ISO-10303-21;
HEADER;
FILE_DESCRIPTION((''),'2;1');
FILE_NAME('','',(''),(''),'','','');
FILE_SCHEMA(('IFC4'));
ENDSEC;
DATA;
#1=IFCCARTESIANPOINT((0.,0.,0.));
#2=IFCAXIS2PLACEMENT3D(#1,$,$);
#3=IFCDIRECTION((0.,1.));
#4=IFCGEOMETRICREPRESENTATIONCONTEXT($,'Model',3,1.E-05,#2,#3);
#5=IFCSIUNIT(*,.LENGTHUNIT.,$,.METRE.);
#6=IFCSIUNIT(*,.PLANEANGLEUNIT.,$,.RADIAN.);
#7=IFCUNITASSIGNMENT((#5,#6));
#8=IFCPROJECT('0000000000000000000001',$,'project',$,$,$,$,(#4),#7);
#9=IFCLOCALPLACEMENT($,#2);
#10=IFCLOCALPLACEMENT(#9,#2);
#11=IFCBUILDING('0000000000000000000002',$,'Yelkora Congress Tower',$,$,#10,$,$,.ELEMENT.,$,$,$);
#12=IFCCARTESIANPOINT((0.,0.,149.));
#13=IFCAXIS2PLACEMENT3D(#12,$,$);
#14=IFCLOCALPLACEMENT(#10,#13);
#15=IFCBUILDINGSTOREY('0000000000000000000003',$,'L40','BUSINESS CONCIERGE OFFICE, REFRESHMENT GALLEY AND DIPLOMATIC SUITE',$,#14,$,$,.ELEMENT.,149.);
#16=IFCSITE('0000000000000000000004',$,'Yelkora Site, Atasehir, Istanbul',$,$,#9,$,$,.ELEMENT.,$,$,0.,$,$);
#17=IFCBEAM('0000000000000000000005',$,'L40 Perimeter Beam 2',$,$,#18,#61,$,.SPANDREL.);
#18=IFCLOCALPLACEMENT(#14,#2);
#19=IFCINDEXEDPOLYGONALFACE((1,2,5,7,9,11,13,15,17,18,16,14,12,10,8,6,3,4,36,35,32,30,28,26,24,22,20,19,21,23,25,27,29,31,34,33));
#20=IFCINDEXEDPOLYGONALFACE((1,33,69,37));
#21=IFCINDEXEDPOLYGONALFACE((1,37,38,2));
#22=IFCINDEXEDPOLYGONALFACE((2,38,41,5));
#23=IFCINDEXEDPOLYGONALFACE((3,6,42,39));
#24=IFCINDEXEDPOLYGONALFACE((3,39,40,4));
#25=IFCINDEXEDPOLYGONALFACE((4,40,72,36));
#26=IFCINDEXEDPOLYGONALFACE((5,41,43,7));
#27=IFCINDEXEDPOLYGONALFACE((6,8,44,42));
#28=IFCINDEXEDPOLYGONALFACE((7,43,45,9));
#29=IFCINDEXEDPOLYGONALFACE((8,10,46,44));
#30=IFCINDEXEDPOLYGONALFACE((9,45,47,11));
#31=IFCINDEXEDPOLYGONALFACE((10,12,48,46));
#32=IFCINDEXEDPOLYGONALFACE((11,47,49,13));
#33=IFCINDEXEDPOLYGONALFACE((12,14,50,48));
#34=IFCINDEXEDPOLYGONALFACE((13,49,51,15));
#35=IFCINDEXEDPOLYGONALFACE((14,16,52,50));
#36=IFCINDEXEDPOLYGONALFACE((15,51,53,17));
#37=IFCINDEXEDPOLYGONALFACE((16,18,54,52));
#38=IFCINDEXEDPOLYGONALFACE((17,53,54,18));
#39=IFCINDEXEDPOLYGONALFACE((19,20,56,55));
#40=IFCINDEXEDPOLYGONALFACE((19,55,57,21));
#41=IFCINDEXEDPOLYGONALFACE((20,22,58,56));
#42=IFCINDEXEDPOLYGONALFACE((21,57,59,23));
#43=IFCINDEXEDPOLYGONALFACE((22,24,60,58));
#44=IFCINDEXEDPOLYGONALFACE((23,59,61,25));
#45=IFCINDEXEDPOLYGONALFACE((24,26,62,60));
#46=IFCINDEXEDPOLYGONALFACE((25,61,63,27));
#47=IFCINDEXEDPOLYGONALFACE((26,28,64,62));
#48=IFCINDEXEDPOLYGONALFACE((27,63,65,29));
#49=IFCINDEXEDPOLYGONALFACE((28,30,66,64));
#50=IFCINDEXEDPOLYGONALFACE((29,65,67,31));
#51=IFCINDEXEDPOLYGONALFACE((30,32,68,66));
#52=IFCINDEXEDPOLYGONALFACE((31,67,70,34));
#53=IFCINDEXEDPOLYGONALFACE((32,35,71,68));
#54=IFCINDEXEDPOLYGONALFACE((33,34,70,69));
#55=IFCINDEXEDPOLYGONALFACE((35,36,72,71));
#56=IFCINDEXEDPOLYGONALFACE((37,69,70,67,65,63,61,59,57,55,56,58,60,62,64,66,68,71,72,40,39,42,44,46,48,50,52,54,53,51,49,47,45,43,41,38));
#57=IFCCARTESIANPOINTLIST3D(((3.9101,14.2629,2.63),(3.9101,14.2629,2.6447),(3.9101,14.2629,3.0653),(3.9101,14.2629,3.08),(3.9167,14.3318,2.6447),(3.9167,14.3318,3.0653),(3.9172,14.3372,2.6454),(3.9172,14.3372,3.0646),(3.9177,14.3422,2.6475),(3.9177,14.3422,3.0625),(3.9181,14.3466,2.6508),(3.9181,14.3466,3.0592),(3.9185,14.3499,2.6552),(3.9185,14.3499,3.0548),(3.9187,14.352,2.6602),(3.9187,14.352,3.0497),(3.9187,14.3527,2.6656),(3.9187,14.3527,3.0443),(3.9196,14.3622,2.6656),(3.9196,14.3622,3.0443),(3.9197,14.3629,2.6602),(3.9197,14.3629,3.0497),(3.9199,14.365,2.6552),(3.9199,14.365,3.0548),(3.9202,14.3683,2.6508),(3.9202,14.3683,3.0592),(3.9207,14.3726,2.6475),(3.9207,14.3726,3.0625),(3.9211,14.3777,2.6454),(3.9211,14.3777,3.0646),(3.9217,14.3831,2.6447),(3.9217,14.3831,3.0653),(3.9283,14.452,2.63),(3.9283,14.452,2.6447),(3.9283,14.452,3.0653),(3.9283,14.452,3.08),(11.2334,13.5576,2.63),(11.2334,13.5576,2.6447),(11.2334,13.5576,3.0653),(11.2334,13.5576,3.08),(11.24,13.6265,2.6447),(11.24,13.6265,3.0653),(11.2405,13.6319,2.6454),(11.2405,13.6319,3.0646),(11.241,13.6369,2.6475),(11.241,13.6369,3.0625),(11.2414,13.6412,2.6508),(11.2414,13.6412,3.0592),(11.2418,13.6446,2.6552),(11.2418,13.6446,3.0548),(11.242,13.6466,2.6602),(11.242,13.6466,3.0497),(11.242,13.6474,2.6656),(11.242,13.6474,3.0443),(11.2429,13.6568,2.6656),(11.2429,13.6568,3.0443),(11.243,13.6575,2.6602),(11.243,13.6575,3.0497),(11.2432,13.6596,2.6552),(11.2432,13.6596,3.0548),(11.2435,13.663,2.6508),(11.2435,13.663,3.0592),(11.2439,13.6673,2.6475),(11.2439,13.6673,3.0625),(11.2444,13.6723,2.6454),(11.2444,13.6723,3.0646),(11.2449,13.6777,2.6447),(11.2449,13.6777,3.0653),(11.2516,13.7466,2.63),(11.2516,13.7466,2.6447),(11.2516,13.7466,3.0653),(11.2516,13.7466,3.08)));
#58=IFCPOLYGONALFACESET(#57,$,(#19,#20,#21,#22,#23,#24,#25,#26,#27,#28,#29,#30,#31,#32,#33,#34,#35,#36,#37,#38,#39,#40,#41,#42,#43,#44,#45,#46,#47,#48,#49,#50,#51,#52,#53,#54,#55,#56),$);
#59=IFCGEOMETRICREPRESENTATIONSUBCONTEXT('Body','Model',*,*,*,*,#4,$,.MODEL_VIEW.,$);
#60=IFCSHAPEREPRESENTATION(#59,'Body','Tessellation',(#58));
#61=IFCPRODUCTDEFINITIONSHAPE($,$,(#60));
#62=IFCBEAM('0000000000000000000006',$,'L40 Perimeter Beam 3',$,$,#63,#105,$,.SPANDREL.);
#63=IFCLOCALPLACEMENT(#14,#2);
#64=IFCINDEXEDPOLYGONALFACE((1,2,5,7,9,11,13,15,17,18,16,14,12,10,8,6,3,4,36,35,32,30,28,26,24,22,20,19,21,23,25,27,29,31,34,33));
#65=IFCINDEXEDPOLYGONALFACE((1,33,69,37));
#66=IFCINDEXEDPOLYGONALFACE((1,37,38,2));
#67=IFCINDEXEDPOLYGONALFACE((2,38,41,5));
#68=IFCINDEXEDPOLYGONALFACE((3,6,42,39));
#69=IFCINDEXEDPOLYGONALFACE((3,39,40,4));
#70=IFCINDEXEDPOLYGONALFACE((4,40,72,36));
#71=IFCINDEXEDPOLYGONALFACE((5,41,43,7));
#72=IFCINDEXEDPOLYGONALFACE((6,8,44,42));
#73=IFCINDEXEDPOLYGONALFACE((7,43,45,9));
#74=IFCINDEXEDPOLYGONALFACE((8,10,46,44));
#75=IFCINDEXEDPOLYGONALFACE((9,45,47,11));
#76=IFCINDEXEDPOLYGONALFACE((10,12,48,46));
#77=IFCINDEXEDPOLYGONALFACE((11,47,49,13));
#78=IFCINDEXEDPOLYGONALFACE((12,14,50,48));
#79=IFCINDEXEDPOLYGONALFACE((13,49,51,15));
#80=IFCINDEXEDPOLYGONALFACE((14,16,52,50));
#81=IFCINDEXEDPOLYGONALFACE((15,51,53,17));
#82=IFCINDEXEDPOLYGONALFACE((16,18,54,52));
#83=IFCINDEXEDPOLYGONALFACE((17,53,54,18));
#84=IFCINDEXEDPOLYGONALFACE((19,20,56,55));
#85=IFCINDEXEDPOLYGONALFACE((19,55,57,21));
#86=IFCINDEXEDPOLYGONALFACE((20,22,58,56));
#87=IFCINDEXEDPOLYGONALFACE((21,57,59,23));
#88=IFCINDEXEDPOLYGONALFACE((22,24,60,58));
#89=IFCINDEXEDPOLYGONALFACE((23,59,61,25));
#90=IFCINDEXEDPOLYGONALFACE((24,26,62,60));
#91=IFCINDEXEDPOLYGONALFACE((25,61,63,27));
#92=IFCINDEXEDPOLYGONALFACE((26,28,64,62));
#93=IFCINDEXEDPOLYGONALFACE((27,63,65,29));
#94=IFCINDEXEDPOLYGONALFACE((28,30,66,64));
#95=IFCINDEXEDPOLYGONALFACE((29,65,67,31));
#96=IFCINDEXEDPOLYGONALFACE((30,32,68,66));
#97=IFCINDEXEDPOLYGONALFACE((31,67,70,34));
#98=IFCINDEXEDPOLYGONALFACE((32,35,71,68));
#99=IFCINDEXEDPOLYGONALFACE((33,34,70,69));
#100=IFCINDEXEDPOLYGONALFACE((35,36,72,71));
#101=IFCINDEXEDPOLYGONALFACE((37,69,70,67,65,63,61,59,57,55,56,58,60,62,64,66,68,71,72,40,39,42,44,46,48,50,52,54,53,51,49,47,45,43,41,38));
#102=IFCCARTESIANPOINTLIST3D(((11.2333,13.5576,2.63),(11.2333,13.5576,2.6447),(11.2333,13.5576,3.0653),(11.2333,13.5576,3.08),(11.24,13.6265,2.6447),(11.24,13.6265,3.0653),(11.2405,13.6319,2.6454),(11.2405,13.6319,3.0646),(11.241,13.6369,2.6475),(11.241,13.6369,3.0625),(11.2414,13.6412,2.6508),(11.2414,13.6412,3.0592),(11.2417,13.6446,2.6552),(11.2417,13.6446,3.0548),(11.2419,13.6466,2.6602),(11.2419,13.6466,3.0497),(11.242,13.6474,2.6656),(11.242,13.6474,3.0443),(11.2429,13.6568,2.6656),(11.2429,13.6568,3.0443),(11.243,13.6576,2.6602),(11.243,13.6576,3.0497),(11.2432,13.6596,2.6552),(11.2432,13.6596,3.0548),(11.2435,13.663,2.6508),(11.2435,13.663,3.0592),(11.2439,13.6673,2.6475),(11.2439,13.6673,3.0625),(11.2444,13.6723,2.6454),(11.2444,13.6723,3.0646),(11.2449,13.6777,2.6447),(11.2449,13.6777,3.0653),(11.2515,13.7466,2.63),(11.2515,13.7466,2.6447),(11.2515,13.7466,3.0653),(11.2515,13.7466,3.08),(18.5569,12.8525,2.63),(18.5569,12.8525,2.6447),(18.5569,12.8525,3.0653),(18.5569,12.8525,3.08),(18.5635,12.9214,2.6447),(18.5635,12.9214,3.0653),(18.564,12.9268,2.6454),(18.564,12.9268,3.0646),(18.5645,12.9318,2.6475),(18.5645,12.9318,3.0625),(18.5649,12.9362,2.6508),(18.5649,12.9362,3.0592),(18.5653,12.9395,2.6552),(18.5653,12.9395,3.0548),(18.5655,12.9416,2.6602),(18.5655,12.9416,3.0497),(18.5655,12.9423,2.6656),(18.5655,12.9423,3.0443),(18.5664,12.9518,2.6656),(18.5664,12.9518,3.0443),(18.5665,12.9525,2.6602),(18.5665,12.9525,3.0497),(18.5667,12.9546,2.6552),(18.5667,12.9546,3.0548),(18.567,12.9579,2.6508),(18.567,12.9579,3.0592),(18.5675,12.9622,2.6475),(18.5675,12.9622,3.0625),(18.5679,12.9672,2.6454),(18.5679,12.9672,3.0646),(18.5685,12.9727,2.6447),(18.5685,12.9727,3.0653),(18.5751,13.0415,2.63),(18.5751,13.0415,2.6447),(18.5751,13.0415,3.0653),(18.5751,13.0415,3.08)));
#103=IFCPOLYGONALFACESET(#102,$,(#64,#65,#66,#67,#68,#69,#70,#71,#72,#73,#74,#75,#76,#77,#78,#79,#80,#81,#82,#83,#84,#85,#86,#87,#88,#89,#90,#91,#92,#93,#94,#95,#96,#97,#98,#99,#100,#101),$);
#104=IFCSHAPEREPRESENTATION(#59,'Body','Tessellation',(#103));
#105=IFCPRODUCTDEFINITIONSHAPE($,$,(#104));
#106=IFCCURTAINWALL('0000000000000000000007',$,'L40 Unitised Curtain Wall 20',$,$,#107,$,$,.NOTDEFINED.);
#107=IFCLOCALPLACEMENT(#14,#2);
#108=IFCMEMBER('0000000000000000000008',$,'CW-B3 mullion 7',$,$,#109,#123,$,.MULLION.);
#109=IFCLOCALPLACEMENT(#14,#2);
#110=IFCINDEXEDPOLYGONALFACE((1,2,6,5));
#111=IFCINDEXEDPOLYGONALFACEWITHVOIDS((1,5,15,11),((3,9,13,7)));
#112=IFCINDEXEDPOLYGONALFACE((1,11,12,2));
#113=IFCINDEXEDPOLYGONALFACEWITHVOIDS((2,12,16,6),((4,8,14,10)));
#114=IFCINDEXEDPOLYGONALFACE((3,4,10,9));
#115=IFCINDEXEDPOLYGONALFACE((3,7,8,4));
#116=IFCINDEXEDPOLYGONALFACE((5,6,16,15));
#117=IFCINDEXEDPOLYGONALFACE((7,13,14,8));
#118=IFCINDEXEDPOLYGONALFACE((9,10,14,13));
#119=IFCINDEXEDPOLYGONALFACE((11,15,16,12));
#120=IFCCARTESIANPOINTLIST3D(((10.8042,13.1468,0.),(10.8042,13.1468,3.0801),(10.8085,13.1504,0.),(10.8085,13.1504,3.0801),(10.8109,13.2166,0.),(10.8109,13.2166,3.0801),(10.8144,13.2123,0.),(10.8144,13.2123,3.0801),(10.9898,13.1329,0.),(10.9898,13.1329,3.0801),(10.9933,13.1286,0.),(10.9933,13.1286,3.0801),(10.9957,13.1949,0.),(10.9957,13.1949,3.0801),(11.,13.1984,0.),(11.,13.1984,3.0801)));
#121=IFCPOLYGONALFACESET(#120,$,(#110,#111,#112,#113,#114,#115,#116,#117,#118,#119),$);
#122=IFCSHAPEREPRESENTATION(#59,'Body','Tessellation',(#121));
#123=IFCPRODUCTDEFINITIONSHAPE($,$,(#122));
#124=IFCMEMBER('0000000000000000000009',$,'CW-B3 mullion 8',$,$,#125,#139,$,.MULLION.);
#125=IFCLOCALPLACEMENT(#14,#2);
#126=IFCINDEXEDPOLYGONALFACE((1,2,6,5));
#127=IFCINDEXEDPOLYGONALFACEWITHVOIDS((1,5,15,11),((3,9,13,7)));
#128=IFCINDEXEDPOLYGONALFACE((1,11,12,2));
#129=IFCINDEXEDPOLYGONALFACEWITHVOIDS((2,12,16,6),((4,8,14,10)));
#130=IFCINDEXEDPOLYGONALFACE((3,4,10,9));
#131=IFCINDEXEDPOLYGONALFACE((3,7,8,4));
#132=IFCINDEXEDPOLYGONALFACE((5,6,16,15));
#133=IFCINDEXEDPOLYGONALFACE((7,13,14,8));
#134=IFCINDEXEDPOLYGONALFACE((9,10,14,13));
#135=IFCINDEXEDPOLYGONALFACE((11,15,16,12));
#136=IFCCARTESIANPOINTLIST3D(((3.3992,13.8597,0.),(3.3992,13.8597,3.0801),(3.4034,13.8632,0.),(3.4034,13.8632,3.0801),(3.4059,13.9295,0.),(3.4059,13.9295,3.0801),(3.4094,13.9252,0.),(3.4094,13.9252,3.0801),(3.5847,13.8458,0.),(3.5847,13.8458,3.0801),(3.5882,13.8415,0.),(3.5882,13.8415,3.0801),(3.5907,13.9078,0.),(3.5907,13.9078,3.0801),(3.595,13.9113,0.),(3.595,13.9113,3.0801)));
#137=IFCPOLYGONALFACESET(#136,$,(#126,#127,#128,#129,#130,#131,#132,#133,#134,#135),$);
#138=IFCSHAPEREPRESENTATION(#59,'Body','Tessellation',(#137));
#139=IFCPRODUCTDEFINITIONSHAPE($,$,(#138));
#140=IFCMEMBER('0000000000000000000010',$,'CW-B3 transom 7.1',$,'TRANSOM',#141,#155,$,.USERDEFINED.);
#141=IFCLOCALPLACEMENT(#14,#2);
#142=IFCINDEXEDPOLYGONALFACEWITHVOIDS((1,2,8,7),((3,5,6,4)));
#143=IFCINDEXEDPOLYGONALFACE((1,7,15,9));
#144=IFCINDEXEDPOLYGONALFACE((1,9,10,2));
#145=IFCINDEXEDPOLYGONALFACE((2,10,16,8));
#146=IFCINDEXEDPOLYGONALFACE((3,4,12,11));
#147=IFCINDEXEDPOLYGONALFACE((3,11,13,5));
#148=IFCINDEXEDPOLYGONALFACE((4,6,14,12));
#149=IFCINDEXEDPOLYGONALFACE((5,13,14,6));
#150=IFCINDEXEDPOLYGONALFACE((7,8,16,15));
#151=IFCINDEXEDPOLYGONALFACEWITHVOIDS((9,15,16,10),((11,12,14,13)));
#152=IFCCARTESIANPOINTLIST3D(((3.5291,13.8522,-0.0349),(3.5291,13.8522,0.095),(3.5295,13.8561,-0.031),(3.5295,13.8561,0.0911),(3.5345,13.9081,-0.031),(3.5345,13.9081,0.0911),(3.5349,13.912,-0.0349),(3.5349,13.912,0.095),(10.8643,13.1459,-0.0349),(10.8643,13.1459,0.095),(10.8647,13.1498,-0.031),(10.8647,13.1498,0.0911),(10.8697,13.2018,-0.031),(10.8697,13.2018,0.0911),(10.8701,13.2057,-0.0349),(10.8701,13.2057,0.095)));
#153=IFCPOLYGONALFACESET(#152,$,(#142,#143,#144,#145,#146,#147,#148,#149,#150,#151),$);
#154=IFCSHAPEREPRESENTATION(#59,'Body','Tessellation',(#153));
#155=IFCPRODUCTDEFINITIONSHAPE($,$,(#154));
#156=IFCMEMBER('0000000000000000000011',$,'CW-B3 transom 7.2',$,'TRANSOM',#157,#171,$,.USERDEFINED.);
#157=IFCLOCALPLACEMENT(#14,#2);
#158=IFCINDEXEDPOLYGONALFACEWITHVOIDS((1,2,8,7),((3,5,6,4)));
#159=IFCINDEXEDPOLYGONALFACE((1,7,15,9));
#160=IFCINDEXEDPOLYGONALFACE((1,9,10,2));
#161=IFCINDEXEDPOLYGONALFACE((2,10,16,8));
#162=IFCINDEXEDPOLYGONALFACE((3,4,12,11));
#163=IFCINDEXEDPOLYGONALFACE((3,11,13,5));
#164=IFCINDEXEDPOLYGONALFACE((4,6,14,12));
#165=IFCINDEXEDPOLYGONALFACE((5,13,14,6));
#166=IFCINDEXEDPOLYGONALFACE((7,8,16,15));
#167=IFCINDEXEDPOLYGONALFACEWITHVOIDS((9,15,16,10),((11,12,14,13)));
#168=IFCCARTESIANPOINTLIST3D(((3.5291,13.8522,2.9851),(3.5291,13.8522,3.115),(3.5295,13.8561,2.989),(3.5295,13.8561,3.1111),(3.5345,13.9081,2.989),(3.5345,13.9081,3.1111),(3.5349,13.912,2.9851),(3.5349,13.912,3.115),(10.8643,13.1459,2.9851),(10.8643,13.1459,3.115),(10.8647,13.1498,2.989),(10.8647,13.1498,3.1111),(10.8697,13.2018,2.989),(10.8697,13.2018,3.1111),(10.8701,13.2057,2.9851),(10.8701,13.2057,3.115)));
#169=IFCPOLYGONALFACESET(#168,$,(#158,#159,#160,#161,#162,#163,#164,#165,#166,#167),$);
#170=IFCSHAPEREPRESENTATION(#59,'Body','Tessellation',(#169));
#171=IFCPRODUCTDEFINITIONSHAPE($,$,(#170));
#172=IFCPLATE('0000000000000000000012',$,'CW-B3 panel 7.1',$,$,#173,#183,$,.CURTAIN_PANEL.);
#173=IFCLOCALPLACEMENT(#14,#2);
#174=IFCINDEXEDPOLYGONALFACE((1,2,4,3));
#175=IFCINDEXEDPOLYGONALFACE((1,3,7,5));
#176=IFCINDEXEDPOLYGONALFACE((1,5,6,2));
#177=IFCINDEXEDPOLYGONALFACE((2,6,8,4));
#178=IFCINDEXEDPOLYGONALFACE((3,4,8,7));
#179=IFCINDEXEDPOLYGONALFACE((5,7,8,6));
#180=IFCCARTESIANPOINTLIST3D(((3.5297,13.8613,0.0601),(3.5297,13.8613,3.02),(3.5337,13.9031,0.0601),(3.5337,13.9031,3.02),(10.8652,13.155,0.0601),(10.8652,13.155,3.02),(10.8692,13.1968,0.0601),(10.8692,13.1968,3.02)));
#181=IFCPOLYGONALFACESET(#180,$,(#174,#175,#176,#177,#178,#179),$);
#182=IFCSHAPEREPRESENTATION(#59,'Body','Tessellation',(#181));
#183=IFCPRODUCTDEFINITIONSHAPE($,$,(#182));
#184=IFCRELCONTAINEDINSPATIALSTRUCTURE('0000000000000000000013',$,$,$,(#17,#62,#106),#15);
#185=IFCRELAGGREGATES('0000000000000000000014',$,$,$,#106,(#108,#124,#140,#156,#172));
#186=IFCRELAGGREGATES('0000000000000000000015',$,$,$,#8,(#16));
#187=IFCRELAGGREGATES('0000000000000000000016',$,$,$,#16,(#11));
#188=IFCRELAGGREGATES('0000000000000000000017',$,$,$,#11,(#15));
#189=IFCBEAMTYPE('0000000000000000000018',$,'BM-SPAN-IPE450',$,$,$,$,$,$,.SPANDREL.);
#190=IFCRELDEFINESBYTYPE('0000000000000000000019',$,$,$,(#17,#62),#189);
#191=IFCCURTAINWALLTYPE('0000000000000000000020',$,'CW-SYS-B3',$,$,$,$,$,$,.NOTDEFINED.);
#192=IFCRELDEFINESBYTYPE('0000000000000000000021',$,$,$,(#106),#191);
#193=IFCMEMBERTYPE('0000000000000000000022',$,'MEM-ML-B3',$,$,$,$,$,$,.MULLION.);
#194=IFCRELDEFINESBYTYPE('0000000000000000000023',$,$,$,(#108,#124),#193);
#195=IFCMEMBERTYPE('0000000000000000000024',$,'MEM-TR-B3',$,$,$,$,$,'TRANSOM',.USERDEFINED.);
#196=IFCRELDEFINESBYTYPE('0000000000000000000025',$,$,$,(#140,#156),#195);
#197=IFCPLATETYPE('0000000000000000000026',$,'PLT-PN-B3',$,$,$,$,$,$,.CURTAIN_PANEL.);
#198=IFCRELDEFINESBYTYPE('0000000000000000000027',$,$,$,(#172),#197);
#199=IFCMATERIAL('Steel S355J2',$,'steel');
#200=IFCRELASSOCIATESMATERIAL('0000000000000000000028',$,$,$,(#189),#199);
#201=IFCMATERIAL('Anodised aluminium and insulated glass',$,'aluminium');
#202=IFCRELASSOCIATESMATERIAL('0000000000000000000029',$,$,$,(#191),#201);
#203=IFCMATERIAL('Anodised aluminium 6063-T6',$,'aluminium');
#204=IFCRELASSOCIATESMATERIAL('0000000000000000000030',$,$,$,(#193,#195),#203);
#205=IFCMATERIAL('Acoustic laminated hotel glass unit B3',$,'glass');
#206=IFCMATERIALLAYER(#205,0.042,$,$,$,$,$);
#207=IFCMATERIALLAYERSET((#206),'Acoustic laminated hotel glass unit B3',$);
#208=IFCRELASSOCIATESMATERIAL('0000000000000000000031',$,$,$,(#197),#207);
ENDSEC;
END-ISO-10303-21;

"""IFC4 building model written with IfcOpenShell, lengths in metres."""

from ifc_helpers import new_model, si_unit, direction, frame, origin, origin_2d, place, context, subcontext, project, spatial, rectangle, hollow_rectangle, i_section, extrude, material, layer, layer_set, material_profile, profile_set, type_object, element, aggregate, save


model = new_model("IFC4")

# Units and contexts
model_context = context("Model", 3, precision=1e-05, world=origin(), true_north=direction((0.0, 1.0)))
body_context = subcontext(model_context, "Body", "Model", "MODEL_VIEW")
ifc_project = project(units=[si_unit("LENGTHUNIT", "METRE"), si_unit("PLANEANGLEUNIT", "RADIAN")], contexts=[model_context])

# Site, building, storey
site_placement = place(None, origin())
site = spatial("IfcSite", under=ifc_project, at=site_placement, Name="Yelkora Site, Atasehir, Istanbul", CompositionType="ELEMENT", RefElevation=0.0)
building_placement = place(site_placement, origin())
building = spatial("IfcBuilding", under=site, at=building_placement, Name="Yelkora Congress Tower", CompositionType="ELEMENT")
storey_placement = place(building_placement, frame((0.0, 0.0, 149.0)))
storey = spatial("IfcBuildingStorey", under=building, at=storey_placement, Name="L40", Description="BUSINESS CONCIERGE OFFICE, REFRESHMENT GALLEY AND DIPLOMATIC SUITE", CompositionType="ELEMENT", Elevation=149.0)

# Beams
ifc_material_1 = material(Name="Steel S355J2", Category="steel")
ifc_material_profile_1 = material_profile(ifc_material_1, i_section(OverallWidth=0.1899, OverallDepth=0.45, WebThickness=0.0095, FlangeThickness=0.0146, FilletRadius=0.021, at=origin_2d()), Name="IPE 450")
ifc_profile_set_1 = profile_set([ifc_material_profile_1], Name="Steel S355J2")
beam_type_1 = type_object("IfcBeamType", Name="BM-SPAN-IPE450", PredefinedType="SPANDREL", material=ifc_profile_set_1)
beam_1_placement = place(storey_placement, frame((3.9192, 14.3574, 2.855), z_axis=(0.995394, -0.095869, 0.0), x_axis=(0.095869, 0.995394, 0.0)))
element("IfcBeam", 1, at=beam_1_placement, inside=storey, type_object=beam_type_1, Name="L40 Perimeter Beam 2", PredefinedType="SPANDREL", context=body_context, shape_type="SweptSolid", body=[
    extrude(i_section(OverallWidth=0.1899, OverallDepth=0.45, WebThickness=0.0095, FlangeThickness=0.0146, FilletRadius=0.021, at=origin_2d()), origin(), (0.0, 0.0, 1.0), 7.3572),
])
beam_2_placement = place(storey_placement, frame((11.2424, 13.6521, 2.855), z_axis=(0.995397, -0.095833, 0.0), x_axis=(0.095833, 0.995397, 0.0)))
element("IfcBeam", 2, at=beam_2_placement, inside=storey, type_object=beam_type_1, Name="L40 Perimeter Beam 3", PredefinedType="SPANDREL", context=body_context, shape_type="SweptSolid", body=[
    extrude(i_section(OverallWidth=0.1899, OverallDepth=0.45, WebThickness=0.0095, FlangeThickness=0.0146, FilletRadius=0.021, at=origin_2d()), origin(), (0.0, 0.0, 1.0), 7.3574),
])

# Curtain wall, members, plate
ifc_material_2 = material(Name="Anodised aluminium and insulated glass", Category="aluminium")
curtain_wall_type = type_object("IfcCurtainWallType", Name="CW-SYS-B3", PredefinedType="NOTDEFINED", material=ifc_material_2)
curtain_wall_placement = place(storey_placement, origin())
curtain_wall = element("IfcCurtainWall", 3, at=curtain_wall_placement, inside=storey, type_object=curtain_wall_type, Name="L40 Unitised Curtain Wall 20", PredefinedType="NOTDEFINED")
ifc_material_3 = material(Name="Anodised aluminium 6063-T6", Category="aluminium")
ifc_material_profile_2 = material_profile(ifc_material_3, hollow_rectangle(XDim=0.0701, YDim=0.1899, WallThickness=0.0039, at=origin_2d()), Name="ALU 70x190x4")
ifc_profile_set_2 = profile_set([ifc_material_profile_2], Name="Anodised aluminium 6063-T6")
member_type_1 = type_object("IfcMemberType", Name="MEM-ML-B3", PredefinedType="MULLION", material=ifc_profile_set_2)
member_1_placement = place(storey_placement, frame((10.9021, 13.1726, 0.0), z_axis=(0.0, 0.0, 1.0), x_axis=(-0.095845, -0.995396, 0.0)))
member_1 = element("IfcMember", 4, at=member_1_placement, type_object=member_type_1, Name="CW-B3 mullion 7", PredefinedType="MULLION", context=body_context, shape_type="SweptSolid", body=[
    extrude(hollow_rectangle(XDim=0.0701, YDim=0.1899, WallThickness=0.0039, at=origin_2d()), origin(), (0.0, 0.0, 1.0), 3.0801),
])
member_2_placement = place(storey_placement, frame((3.4971, 13.8855, 0.0), z_axis=(0.0, 0.0, 1.0), x_axis=(-0.095845, -0.995396, 0.0)))
member_2 = element("IfcMember", 5, at=member_2_placement, type_object=member_type_1, Name="CW-B3 mullion 8", PredefinedType="MULLION", context=body_context, shape_type="SweptSolid", body=[
    extrude(hollow_rectangle(XDim=0.0701, YDim=0.1899, WallThickness=0.0039, at=origin_2d()), origin(), (0.0, 0.0, 1.0), 3.0801),
])
ifc_material_profile_3 = material_profile(ifc_material_3, hollow_rectangle(XDim=0.0601, YDim=0.1299, WallThickness=0.0039, at=origin_2d()), Name="ALU 60x130x4")
ifc_profile_set_3 = profile_set([ifc_material_profile_3], Name="Anodised aluminium 6063-T6")
member_type_2 = type_object("IfcMemberType", Name="MEM-TR-B3", ElementType="TRANSOM", PredefinedType="USERDEFINED", material=ifc_profile_set_3)
member_3_placement = place(storey_placement, frame((10.8672, 13.1758, 0.03), z_axis=(-0.995396, 0.095846, 0.0), x_axis=(-0.095846, -0.995396, 0.0)))
member_3 = element("IfcMember", 6, at=member_3_placement, type_object=member_type_2, Name="CW-B3 transom 7.1", ObjectType="TRANSOM", PredefinedType="USERDEFINED", context=body_context, shape_type="SweptSolid", body=[
    extrude(hollow_rectangle(XDim=0.0601, YDim=0.1299, WallThickness=0.0039, at=origin_2d()), origin(), (0.0, 0.0, 1.0), 7.3691),
])
member_4_placement = place(storey_placement, frame((10.8672, 13.1758, 3.05), z_axis=(-0.995396, 0.095846, 0.0), x_axis=(-0.095846, -0.995396, 0.0)))
member_4 = element("IfcMember", 7, at=member_4_placement, type_object=member_type_2, Name="CW-B3 transom 7.2", ObjectType="TRANSOM", PredefinedType="USERDEFINED", context=body_context, shape_type="SweptSolid", body=[
    extrude(hollow_rectangle(XDim=0.0601, YDim=0.1299, WallThickness=0.0039, at=origin_2d()), origin(), (0.0, 0.0, 1.0), 7.3691),
])
ifc_material_4 = material(Name="Acoustic laminated hotel glass unit B3", Category="glass")
ifc_layer_1 = layer(ifc_material_4, 0.042)
ifc_layer_set_1 = layer_set([ifc_layer_1], Name="Acoustic laminated hotel glass unit B3")
plate_type = type_object("IfcPlateType", Name="PLT-PN-B3", PredefinedType="CURTAIN_PANEL", material=ifc_layer_set_1)
plate_placement = place(storey_placement, frame((7.1995, 13.5291, 0.0601), z_axis=(0.0, 0.0, 1.0), x_axis=(-0.995396, 0.095845, 0.0)))
plate = element("IfcPlate", 8, at=plate_placement, type_object=plate_type, Name="CW-B3 panel 7.1", PredefinedType="CURTAIN_PANEL", context=body_context, shape_type="SweptSolid", body=[
    extrude(rectangle(XDim=7.3694, YDim=0.042, at=origin_2d()), origin(), (0.0, 0.0, 1.0), 2.96),
])
aggregate(curtain_wall, [member_1, member_2, member_3, member_4, plate])

save(model, "model.ifc")
